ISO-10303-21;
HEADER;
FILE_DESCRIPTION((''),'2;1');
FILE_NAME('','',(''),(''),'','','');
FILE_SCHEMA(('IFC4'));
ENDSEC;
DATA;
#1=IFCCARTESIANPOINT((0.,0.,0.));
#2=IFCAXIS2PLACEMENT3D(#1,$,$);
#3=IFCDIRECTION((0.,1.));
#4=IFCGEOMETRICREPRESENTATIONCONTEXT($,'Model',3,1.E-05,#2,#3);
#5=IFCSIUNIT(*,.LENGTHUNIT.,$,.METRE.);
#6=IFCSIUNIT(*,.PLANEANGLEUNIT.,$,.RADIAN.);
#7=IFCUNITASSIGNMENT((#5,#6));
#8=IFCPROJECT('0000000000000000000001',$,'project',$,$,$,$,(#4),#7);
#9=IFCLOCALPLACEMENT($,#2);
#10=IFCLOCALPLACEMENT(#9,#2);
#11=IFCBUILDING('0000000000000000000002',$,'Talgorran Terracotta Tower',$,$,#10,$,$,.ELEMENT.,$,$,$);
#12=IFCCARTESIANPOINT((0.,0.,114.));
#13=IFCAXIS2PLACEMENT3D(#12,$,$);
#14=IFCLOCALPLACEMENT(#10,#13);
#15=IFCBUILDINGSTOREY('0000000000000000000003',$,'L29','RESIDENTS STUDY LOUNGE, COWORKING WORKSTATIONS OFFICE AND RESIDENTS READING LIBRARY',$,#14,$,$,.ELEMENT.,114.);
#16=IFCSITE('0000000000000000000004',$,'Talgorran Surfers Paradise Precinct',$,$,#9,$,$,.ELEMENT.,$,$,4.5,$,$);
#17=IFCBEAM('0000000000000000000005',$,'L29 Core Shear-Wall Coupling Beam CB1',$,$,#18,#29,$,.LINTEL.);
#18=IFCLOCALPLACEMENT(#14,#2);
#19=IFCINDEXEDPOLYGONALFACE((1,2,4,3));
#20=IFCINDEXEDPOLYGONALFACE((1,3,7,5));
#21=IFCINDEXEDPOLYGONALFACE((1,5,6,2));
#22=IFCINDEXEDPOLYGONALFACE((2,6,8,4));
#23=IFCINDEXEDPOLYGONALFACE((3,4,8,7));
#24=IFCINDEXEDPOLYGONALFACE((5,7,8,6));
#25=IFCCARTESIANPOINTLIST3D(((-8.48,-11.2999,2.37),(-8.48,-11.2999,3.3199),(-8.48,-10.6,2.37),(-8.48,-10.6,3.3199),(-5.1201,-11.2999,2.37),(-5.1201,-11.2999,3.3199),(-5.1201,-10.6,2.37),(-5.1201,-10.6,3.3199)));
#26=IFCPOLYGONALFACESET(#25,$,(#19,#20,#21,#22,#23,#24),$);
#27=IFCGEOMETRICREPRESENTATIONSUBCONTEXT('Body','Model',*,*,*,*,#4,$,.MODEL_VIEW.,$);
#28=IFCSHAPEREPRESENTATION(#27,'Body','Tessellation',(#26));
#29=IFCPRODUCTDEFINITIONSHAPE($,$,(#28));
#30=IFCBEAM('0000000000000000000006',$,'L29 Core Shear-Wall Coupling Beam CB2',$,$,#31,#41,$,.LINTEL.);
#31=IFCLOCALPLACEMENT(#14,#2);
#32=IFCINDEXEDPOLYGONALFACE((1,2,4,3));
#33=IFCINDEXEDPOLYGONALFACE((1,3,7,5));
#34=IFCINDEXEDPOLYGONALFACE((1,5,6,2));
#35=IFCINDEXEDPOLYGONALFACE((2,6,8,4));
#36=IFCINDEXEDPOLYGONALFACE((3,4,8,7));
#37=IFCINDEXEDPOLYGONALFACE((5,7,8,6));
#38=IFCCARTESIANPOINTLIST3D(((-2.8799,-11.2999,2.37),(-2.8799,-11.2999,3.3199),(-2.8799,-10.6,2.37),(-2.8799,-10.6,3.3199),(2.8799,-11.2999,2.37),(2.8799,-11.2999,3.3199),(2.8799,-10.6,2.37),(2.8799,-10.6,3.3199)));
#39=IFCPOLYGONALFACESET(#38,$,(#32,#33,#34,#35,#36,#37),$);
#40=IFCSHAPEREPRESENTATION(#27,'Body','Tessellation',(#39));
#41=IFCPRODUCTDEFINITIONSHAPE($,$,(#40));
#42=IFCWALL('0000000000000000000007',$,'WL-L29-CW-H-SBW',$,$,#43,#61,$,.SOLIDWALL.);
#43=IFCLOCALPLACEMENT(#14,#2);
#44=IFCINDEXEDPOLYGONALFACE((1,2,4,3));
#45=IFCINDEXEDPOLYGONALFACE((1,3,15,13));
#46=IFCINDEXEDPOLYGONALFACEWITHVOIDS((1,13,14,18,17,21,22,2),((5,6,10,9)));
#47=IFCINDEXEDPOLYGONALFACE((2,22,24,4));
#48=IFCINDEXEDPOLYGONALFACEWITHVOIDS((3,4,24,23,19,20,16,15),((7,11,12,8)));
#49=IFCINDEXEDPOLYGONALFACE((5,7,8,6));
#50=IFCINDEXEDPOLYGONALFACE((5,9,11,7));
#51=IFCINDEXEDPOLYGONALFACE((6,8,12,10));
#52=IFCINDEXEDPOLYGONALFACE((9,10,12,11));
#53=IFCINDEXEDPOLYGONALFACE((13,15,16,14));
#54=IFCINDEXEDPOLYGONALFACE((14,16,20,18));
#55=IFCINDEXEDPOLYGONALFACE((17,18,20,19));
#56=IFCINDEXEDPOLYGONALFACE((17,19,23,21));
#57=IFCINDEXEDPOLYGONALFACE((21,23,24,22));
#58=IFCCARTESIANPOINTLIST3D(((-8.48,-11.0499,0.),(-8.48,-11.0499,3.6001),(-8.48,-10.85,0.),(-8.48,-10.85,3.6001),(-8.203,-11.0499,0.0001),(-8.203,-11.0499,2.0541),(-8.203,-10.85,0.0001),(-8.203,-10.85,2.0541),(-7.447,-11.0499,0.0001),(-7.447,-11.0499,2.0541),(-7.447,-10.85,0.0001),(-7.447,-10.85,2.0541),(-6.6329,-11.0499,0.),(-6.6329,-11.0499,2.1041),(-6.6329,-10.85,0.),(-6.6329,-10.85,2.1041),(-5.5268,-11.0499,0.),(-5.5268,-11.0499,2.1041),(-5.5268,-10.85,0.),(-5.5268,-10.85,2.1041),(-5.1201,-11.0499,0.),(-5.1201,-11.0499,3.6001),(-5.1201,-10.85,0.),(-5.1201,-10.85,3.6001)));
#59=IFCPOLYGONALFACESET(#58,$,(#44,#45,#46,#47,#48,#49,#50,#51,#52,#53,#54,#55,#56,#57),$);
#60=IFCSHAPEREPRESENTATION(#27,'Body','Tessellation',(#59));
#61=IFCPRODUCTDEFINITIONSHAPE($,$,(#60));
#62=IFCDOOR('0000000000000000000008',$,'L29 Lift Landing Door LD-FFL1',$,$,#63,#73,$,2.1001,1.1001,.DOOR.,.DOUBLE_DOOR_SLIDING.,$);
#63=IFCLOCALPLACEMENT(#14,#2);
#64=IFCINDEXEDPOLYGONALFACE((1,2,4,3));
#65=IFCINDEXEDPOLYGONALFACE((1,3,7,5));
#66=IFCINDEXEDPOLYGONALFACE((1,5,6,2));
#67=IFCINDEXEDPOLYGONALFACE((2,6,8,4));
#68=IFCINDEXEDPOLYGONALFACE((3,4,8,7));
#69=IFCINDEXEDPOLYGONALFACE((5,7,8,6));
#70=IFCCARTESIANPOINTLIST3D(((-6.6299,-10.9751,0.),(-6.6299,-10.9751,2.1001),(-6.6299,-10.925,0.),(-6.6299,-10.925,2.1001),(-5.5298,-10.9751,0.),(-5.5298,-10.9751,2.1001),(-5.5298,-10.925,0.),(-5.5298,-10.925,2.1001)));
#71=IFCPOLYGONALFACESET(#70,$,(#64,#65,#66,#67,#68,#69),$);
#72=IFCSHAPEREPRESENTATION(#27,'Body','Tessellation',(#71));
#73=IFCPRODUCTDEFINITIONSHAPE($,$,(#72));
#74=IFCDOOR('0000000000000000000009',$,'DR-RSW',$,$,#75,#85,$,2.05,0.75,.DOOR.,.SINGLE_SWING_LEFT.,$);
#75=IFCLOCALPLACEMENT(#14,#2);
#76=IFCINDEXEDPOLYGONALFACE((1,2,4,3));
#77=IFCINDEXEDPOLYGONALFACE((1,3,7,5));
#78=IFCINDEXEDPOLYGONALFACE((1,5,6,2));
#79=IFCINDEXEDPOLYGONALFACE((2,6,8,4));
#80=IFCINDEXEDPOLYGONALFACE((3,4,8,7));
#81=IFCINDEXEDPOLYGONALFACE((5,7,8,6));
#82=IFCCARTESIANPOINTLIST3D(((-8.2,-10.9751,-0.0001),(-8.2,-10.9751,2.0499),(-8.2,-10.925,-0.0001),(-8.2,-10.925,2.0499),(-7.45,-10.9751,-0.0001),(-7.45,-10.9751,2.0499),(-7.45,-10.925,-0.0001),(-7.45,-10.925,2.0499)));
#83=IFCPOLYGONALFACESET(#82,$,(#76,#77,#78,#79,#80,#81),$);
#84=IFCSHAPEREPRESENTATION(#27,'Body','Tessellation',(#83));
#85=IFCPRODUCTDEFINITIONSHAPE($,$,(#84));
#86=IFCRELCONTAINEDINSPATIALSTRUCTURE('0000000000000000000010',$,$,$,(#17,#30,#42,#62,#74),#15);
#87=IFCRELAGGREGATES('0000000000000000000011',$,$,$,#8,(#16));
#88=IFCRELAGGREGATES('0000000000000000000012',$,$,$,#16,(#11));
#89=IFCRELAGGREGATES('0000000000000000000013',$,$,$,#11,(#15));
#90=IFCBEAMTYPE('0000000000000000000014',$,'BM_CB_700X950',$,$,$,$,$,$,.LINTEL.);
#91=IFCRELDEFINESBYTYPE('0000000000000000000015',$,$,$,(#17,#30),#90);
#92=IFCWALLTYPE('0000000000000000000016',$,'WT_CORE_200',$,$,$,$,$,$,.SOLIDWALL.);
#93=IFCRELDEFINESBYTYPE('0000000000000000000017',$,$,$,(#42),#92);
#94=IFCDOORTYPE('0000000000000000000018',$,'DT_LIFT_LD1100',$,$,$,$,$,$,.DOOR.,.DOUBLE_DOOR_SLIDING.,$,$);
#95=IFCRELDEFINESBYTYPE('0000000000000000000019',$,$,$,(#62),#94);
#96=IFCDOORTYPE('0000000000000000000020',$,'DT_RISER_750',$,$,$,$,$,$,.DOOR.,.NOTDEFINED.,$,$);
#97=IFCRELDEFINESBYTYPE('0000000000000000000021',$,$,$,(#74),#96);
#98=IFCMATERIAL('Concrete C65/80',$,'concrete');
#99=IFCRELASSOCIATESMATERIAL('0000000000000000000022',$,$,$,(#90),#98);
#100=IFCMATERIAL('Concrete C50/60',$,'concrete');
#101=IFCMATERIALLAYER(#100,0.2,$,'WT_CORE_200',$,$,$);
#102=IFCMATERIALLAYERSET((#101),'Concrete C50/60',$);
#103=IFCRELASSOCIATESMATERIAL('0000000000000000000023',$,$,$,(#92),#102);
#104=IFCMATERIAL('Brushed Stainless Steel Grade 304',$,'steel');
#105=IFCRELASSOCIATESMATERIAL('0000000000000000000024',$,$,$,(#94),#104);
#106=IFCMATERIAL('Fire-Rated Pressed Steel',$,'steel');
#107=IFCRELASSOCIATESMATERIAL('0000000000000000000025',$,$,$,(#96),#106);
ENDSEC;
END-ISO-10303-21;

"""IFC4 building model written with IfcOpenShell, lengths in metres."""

from ifc_helpers import new_model, si_unit, direction, frame, frame_2d, origin, origin_2d, place, context, subcontext, project, spatial, rectangle, extrude, material, layer, layer_set, material_profile, profile_set, type_object, element, fill, save


model = new_model("IFC4")

# Units and contexts
model_context = context("Model", 3, precision=1e-05, world=origin(), true_north=direction((0.0, 1.0)))
body_context = subcontext(model_context, "Body", "Model", "MODEL_VIEW")
ifc_project = project(units=[si_unit("LENGTHUNIT", "METRE"), si_unit("PLANEANGLEUNIT", "RADIAN")], contexts=[model_context])

# Site, building, storey
site_placement = place(None, origin())
site = spatial("IfcSite", under=ifc_project, at=site_placement, Name="Talgorran Surfers Paradise Precinct", CompositionType="ELEMENT", RefElevation=4.5)
building_placement = place(site_placement, origin())
building = spatial("IfcBuilding", under=site, at=building_placement, Name="Talgorran Terracotta Tower", CompositionType="ELEMENT")
storey_placement = place(building_placement, frame((0.0, 0.0, 114.0)))
storey = spatial("IfcBuildingStorey", under=building, at=storey_placement, Name="L29", Description="RESIDENTS STUDY LOUNGE, COWORKING WORKSTATIONS OFFICE AND RESIDENTS READING LIBRARY", CompositionType="ELEMENT", Elevation=114.0)

# Beams
ifc_material_1 = material(Name="Concrete C65/80", Category="concrete")
ifc_material_profile = material_profile(ifc_material_1, rectangle(XDim=0.7, YDim=0.95, at=origin_2d()), Name="RCCB700X950")
ifc_profile_set = profile_set([ifc_material_profile], Name="Concrete C65/80")
beam_type = type_object("IfcBeamType", Name="BM_CB_700X950", PredefinedType="LINTEL", material=ifc_profile_set)
beam_1_placement = place(storey_placement, frame((-8.48, -10.95, 2.845), z_axis=(1.0, 0.0, 0.0), x_axis=(0.0, 1.0, 0.0)))
element("IfcBeam", 1, at=beam_1_placement, inside=storey, type_object=beam_type, Name="L29 Core Shear-Wall Coupling Beam CB1", PredefinedType="LINTEL", context=body_context, shape_type="SweptSolid", body=[
    extrude(rectangle(XDim=0.7, YDim=0.95, at=origin_2d()), origin(), (0.0, 0.0, 1.0), 3.3599),
])
beam_2_placement = place(storey_placement, frame((-2.8799, -10.95, 2.845), z_axis=(1.0, 0.0, 0.0), x_axis=(0.0, 1.0, 0.0)))
element("IfcBeam", 2, at=beam_2_placement, inside=storey, type_object=beam_type, Name="L29 Core Shear-Wall Coupling Beam CB2", PredefinedType="LINTEL", context=body_context, shape_type="SweptSolid", body=[
    extrude(rectangle(XDim=0.7, YDim=0.95, at=origin_2d()), origin(), (0.0, 0.0, 1.0), 5.7598),
])

# Wall, openings, doors
ifc_material_2 = material(Name="Concrete C50/60", Category="concrete")
ifc_layer_1 = layer(ifc_material_2, 0.2, Name="WT_CORE_200")
ifc_layer_set_1 = layer_set([ifc_layer_1], Name="Concrete C50/60")
wall_type_1 = type_object("IfcWallType", Name="WT_CORE_200", PredefinedType="SOLIDWALL", material=ifc_layer_set_1)
wall_1_placement = place(storey_placement, frame((-8.48, -10.95, 0.0), z_axis=(0.0, 0.0, 1.0), x_axis=(1.0, 0.0, 0.0)))
wall_1 = element("IfcWall", 3, at=wall_1_placement, inside=storey, type_object=wall_type_1, Name="WL-L29-CW-H-SBW", PredefinedType="SOLIDWALL", context=body_context, shape_type="SweptSolid", body=[
    extrude(rectangle(XDim=3.3599, YDim=0.2, at=frame_2d((1.6799, 0.0))), origin(), (0.0, 0.0, 1.0), 3.6001),
])
opening_1_placement = place(wall_1_placement, frame((0.28, 0.0, 0.0)))
opening_1 = element("IfcOpeningElement", 4, at=opening_1_placement, cuts=wall_1, PredefinedType="OPENING", context=body_context, shape_type="SweptSolid", body=[
    extrude(rectangle(XDim=0.756, YDim=2.054, at=frame_2d((0.375, 1.0271))), frame((0.0, 0.1099, 0.0), z_axis=(0.0, -1.0, 0.0), x_axis=(1.0, 0.0, 0.0)), (0.0, 0.0, 1.0), 0.22),
])
opening_2_placement = place(wall_1_placement, frame((1.8501, 0.0, 0.0)))
opening_2 = element("IfcOpeningElement", 5, at=opening_2_placement, cuts=wall_1, PredefinedType="OPENING", context=body_context, shape_type="SweptSolid", body=[
    extrude(rectangle(XDim=1.1061, YDim=2.1041, at=frame_2d((0.55, 1.052))), frame((0.0, 0.1099, 0.0), z_axis=(0.0, -1.0, 0.0), x_axis=(1.0, 0.0, 0.0)), (0.0, 0.0, 1.0), 0.22),
])
ifc_material_3 = material(Name="Brushed Stainless Steel Grade 304", Category="steel")
door_type_1 = type_object("IfcDoorType", Name="DT_LIFT_LD1100", OperationType="DOUBLE_DOOR_SLIDING", PredefinedType="DOOR", material=ifc_material_3)
door_1_placement = place(opening_2_placement, origin())
door_1 = element("IfcDoor", 6, at=door_1_placement, inside=storey, type_object=door_type_1, Name="L29 Lift Landing Door LD-FFL1", OperationType="DOUBLE_DOOR_SLIDING", OverallHeight=2.1001, OverallWidth=1.1001, PredefinedType="DOOR", context=body_context, shape_type="SweptSolid", body=[
    extrude(rectangle(XDim=1.1001, YDim=2.1001, at=frame_2d((0.55, 1.05))), frame((0.0, 0.0249, 0.0), z_axis=(0.0, -1.0, 0.0), x_axis=(1.0, 0.0, 0.0)), (0.0, 0.0, 1.0), 0.05),
])
fill(opening_2, door_1)
ifc_material_4 = material(Name="Fire-Rated Pressed Steel", Category="steel")
door_type_2 = type_object("IfcDoorType", Name="DT_RISER_750", OperationType="NOTDEFINED", PredefinedType="DOOR", material=ifc_material_4)
door_2_placement = place(opening_1_placement, origin())
door_2 = element("IfcDoor", 7, at=door_2_placement, inside=storey, type_object=door_type_2, Name="DR-RSW", OperationType="SINGLE_SWING_LEFT", OverallHeight=2.05, OverallWidth=0.75, PredefinedType="DOOR", context=body_context, shape_type="SweptSolid", body=[
    extrude(rectangle(XDim=0.75, YDim=2.05, at=frame_2d((0.375, 1.0249))), frame((0.0, 0.0249, 0.0), z_axis=(0.0, -1.0, 0.0), x_axis=(1.0, 0.0, 0.0)), (0.0, 0.0, 1.0), 0.05),
])
fill(opening_1, door_2)

save(model, "model.ifc")
